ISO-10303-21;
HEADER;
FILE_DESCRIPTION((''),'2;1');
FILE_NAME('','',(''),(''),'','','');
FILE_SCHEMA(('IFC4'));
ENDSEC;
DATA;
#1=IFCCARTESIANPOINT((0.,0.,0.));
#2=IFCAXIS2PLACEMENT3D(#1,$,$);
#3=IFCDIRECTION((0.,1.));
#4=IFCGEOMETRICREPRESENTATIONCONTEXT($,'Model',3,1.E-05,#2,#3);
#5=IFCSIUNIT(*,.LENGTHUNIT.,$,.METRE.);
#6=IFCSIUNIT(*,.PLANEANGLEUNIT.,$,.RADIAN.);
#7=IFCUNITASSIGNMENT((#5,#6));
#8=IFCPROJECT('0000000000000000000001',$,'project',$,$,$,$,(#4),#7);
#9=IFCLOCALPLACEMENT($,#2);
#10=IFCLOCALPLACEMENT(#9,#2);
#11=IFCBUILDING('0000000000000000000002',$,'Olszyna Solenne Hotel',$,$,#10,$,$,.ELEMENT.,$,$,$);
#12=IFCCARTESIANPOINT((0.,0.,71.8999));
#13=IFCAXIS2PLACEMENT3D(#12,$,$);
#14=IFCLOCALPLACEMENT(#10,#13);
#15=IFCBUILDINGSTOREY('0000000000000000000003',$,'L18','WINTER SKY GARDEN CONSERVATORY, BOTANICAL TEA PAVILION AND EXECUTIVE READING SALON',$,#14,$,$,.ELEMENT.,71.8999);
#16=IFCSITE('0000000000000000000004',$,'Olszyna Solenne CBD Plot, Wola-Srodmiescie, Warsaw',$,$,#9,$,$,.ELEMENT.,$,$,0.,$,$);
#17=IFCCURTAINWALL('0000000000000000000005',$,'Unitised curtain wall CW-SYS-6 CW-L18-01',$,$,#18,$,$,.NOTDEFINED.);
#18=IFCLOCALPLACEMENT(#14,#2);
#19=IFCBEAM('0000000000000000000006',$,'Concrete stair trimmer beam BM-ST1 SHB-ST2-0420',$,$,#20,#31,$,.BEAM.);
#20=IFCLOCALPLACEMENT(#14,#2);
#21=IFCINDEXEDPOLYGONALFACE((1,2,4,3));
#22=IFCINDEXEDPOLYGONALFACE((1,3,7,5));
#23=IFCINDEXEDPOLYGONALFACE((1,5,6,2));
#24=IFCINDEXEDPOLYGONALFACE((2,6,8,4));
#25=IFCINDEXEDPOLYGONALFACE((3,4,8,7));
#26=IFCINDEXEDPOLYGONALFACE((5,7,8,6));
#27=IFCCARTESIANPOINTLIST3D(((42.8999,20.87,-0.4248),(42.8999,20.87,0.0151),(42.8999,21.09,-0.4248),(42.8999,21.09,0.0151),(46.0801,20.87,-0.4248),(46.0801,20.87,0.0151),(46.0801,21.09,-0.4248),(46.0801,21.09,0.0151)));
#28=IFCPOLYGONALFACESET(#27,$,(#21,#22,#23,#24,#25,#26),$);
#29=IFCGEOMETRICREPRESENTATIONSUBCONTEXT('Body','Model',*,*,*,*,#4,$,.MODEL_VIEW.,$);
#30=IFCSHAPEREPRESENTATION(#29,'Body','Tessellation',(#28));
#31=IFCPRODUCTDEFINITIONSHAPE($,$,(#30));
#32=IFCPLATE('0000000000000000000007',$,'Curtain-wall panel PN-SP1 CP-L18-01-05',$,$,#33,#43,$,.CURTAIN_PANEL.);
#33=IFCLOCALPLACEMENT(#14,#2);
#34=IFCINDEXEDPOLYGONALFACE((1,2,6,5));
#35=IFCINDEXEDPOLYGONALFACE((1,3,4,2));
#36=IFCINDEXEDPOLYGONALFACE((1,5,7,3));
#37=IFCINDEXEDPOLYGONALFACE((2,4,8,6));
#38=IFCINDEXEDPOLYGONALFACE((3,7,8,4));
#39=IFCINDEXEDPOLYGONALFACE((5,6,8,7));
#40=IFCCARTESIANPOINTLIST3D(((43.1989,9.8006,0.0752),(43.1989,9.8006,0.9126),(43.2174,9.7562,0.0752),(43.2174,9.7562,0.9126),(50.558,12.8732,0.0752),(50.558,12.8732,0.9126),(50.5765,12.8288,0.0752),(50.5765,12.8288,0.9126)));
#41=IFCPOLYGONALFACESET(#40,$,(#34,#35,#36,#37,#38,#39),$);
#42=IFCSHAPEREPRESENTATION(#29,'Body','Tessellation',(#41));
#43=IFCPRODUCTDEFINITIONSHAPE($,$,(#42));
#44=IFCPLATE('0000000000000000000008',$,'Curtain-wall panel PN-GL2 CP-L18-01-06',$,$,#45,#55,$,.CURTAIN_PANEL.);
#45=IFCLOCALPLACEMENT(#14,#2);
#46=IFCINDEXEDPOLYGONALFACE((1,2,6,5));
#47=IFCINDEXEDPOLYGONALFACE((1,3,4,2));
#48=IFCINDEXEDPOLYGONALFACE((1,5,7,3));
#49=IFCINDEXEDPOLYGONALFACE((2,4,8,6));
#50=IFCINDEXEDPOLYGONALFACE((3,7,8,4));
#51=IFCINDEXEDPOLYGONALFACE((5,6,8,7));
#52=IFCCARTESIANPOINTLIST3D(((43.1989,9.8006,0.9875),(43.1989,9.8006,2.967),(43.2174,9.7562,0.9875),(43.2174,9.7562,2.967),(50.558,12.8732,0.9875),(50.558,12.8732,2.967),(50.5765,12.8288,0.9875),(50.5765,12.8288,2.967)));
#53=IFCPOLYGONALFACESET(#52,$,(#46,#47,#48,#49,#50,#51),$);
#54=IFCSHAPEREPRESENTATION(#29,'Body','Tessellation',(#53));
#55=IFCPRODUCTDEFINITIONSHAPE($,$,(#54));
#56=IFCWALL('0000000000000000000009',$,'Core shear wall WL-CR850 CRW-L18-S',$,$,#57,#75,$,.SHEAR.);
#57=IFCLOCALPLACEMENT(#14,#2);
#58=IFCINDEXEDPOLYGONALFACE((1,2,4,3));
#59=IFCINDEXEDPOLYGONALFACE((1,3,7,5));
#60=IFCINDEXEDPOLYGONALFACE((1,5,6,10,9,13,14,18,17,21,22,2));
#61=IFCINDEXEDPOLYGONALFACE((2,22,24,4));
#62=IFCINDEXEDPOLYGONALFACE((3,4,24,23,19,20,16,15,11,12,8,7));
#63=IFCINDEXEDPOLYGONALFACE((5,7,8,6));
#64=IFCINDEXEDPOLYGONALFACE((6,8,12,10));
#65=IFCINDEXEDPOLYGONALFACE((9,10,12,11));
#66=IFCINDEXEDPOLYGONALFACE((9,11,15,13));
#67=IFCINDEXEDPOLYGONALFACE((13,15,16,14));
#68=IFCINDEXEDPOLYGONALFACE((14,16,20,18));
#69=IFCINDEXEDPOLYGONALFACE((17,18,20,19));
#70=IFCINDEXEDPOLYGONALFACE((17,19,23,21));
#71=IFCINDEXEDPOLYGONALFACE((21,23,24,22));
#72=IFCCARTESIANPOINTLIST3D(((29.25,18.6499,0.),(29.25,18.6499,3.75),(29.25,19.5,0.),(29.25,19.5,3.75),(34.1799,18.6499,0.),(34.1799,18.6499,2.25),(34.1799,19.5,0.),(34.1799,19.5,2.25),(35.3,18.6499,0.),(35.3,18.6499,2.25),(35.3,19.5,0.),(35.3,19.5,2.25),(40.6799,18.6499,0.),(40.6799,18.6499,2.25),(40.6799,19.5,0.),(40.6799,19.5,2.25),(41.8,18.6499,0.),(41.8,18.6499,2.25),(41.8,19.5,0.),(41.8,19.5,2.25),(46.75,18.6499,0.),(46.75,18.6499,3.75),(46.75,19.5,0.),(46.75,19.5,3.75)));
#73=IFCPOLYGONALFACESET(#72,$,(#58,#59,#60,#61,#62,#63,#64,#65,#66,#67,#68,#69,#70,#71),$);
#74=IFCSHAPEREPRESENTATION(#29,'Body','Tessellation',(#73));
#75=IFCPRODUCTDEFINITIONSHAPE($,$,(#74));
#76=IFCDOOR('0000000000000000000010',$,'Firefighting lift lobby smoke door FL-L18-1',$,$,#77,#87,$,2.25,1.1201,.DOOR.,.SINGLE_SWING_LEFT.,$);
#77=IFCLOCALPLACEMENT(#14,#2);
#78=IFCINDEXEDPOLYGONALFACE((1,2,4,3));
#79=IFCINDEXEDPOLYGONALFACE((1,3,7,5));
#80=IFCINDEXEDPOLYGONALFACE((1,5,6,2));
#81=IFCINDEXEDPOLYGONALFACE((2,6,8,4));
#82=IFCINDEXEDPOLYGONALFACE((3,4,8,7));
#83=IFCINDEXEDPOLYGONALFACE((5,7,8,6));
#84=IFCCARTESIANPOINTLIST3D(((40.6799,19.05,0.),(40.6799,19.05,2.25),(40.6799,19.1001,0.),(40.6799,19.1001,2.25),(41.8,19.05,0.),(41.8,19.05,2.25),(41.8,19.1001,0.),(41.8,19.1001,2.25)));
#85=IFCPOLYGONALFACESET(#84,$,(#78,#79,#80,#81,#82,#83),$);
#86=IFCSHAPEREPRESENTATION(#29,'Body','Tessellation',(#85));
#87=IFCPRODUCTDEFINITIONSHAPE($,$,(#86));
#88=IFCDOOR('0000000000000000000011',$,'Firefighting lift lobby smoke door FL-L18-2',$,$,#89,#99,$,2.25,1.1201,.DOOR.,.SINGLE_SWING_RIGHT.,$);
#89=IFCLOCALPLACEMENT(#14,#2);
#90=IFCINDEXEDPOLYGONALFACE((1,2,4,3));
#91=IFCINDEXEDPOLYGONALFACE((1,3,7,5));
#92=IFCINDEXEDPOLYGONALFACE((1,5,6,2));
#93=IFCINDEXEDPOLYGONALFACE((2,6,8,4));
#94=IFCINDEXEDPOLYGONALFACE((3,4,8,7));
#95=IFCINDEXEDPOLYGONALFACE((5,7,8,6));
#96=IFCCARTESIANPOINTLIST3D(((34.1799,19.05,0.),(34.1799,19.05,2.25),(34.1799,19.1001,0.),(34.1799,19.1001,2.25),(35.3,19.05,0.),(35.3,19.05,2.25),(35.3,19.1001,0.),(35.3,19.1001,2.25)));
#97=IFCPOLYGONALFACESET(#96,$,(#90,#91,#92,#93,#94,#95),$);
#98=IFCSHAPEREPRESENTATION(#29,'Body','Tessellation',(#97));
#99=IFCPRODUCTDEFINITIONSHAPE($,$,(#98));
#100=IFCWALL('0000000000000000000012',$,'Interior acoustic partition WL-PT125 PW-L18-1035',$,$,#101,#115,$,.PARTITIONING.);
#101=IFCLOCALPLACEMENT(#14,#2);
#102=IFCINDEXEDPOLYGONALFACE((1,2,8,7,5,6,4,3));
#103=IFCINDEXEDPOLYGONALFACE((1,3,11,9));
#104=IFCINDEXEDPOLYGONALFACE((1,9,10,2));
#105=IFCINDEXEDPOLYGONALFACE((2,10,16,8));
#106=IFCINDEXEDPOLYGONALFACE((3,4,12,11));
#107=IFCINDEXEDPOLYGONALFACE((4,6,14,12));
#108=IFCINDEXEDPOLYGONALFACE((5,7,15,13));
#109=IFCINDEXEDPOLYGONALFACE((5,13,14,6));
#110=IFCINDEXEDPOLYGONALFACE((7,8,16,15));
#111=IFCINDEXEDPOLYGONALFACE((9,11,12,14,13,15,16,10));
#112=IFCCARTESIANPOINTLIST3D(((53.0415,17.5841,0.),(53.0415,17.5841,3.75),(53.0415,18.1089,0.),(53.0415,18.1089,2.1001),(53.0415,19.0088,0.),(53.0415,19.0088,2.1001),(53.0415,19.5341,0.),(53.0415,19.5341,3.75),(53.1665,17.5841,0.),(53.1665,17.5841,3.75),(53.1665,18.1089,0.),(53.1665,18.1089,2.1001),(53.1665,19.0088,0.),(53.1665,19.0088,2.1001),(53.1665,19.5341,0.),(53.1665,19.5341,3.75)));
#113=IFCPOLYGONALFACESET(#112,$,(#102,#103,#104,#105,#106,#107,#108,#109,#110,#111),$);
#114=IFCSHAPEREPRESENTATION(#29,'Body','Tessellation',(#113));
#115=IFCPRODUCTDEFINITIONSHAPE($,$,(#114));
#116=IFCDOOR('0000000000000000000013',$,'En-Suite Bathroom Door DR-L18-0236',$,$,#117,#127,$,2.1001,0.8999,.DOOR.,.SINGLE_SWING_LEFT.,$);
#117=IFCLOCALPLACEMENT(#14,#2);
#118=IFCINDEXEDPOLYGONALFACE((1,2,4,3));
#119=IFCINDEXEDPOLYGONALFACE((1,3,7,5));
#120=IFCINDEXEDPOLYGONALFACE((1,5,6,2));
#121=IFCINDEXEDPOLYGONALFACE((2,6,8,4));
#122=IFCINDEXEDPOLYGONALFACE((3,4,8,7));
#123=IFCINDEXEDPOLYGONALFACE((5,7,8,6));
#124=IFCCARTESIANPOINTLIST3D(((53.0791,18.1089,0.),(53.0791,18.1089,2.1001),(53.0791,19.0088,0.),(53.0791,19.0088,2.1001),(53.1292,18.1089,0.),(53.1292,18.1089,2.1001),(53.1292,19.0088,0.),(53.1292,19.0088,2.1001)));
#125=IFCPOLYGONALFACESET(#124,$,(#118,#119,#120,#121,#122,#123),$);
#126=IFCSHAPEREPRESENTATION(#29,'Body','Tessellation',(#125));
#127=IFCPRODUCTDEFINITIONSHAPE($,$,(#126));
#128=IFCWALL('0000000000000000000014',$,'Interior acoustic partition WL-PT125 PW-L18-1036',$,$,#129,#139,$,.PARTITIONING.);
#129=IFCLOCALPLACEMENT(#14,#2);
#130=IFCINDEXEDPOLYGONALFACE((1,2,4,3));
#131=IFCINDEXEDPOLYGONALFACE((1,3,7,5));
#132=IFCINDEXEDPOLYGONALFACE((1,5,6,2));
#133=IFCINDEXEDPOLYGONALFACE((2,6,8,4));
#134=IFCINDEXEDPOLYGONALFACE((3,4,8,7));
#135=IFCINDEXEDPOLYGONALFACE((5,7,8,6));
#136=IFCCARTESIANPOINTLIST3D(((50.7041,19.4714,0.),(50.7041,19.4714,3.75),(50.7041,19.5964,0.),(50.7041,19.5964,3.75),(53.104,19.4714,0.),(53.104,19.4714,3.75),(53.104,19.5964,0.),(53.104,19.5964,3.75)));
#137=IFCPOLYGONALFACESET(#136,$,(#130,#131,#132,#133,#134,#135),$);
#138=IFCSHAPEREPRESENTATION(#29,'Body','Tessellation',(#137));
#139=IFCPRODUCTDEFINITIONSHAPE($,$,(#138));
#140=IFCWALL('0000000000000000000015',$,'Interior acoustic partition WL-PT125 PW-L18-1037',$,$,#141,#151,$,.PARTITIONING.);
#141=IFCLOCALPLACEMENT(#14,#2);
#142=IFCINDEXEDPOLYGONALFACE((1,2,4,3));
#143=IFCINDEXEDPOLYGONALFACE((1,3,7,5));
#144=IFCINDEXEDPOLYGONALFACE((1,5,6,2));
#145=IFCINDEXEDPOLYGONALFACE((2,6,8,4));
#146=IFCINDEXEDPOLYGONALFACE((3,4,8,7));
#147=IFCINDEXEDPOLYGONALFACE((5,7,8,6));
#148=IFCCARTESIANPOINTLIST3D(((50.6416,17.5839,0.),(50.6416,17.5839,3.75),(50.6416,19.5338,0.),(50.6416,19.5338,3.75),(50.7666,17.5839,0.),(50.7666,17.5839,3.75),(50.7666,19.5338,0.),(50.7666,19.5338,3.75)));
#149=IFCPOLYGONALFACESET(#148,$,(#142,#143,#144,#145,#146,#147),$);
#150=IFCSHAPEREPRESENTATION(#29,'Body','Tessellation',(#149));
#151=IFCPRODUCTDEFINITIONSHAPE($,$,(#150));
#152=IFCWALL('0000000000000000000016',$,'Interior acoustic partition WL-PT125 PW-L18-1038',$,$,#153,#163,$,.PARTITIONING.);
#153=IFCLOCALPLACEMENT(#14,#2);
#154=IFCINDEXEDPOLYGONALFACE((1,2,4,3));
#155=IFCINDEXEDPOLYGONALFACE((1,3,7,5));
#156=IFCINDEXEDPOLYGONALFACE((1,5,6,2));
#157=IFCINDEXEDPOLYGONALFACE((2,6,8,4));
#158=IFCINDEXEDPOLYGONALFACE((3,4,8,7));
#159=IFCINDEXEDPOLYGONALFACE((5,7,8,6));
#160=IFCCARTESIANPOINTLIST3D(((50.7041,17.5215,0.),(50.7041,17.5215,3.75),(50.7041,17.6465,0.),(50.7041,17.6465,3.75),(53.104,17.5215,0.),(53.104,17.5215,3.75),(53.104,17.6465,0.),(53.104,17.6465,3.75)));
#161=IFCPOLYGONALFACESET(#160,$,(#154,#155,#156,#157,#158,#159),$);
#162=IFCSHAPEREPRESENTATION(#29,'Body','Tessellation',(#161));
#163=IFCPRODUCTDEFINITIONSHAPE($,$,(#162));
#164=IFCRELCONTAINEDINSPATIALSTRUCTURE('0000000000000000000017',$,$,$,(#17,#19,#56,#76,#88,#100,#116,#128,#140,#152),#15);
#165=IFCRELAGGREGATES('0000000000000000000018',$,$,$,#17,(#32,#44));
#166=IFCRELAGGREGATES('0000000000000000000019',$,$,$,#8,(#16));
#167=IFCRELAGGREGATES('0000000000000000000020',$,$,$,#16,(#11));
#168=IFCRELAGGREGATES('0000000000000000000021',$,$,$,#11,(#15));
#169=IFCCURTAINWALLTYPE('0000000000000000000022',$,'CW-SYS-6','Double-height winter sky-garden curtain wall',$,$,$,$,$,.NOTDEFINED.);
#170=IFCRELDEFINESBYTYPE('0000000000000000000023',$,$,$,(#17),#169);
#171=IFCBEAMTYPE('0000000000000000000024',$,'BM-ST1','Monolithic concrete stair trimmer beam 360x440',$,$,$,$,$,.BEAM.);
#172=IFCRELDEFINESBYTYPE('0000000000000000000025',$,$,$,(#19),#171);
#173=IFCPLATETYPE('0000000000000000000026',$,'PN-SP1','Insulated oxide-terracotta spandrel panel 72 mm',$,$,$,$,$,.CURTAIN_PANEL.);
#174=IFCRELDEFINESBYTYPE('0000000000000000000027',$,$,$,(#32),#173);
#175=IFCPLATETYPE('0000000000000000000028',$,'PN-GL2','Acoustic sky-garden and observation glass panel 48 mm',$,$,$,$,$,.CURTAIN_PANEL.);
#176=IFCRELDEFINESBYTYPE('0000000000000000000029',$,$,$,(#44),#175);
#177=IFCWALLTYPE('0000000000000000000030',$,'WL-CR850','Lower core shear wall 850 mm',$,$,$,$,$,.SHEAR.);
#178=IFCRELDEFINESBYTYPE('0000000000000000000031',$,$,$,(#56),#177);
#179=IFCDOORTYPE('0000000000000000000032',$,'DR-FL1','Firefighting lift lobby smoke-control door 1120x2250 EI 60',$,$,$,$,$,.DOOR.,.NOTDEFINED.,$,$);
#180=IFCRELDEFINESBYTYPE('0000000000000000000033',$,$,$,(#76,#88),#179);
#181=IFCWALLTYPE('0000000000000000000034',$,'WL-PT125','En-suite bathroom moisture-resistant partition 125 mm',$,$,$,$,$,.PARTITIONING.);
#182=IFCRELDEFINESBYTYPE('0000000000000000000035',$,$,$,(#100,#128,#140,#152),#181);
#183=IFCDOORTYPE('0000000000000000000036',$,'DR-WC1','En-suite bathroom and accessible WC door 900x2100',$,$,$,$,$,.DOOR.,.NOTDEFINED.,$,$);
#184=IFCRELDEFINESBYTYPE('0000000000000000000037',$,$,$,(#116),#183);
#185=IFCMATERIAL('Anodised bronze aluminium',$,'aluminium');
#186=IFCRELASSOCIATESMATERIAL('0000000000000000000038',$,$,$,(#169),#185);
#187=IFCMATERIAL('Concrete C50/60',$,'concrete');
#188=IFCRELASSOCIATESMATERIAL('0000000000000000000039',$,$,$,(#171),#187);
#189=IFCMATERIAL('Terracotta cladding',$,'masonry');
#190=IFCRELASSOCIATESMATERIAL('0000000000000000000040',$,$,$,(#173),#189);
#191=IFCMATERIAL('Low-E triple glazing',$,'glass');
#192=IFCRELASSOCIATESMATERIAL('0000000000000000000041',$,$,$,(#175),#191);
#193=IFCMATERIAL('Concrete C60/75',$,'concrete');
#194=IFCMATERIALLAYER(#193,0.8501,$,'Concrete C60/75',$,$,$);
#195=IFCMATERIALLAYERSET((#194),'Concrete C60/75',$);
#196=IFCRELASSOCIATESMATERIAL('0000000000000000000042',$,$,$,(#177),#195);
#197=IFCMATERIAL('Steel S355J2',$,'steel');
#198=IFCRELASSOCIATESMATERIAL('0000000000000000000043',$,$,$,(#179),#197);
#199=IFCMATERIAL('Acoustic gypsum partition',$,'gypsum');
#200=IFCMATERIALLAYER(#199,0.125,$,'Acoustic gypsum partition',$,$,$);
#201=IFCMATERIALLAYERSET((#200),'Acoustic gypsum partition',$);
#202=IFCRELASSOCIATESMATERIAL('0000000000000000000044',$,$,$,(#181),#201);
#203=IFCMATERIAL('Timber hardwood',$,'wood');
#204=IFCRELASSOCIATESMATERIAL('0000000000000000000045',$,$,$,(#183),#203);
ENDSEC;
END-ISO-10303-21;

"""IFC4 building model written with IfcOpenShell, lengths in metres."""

from ifc_helpers import new_model, si_unit, direction, frame, frame_2d, origin, origin_2d, place, context, subcontext, project, spatial, rectangle, extrude, source, transform, mapped, material, layer, layer_set, material_profile, profile_set, type_object, type_shapes, element, fill, aggregate, save


model = new_model("IFC4")

# Units and contexts
model_context = context("Model", 3, precision=1e-05, world=origin(), true_north=direction((0.0, 1.0)))
body_context = subcontext(model_context, "Body", "Model", "MODEL_VIEW")
ifc_project = project(units=[si_unit("LENGTHUNIT", "METRE"), si_unit("PLANEANGLEUNIT", "RADIAN")], contexts=[model_context])

# Site, building, storey
site_placement = place(None, origin())
site = spatial("IfcSite", under=ifc_project, at=site_placement, Name="Olszyna Solenne CBD Plot, Wola-Srodmiescie, Warsaw", CompositionType="ELEMENT", RefElevation=0.0)
building_placement = place(site_placement, origin())
building = spatial("IfcBuilding", under=site, at=building_placement, Name="Olszyna Solenne Hotel", CompositionType="ELEMENT")
storey_placement = place(building_placement, frame((0.0, 0.0, 71.8999)))
storey = spatial("IfcBuildingStorey", under=building, at=storey_placement, Name="L18", Description="WINTER SKY GARDEN CONSERVATORY, BOTANICAL TEA PAVILION AND EXECUTIVE READING SALON", CompositionType="ELEMENT", Elevation=71.8999)

# Shared definitions
ifc_material_1 = material(Name="Steel S355J2", Category="steel")

# Curtain wall
ifc_material_2 = material(Name="Anodised bronze aluminium", Category="aluminium")
curtain_wall_type = type_object("IfcCurtainWallType", Name="CW-SYS-6", Description="Double-height winter sky-garden curtain wall", PredefinedType="NOTDEFINED", material=ifc_material_2)
curtain_wall_placement = place(storey_placement, origin())
curtain_wall = element("IfcCurtainWall", 1, at=curtain_wall_placement, inside=storey, type_object=curtain_wall_type, Name="Unitised curtain wall CW-SYS-6 CW-L18-01", PredefinedType="NOTDEFINED")

# Beam
ifc_material_3 = material(Name="Concrete C50/60", Category="concrete")
ifc_material_profile_1 = material_profile(ifc_material_3, rectangle(XDim=0.22, YDim=0.4399, at=origin_2d()), Name="RC 220x440", Category="load-bearing")
ifc_profile_set_1 = profile_set([ifc_material_profile_1], Name="Concrete C50/60")
beam_type_1 = type_object("IfcBeamType", Name="BM-ST1", Description="Monolithic concrete stair trimmer beam 360x440", PredefinedType="BEAM", material=ifc_profile_set_1)
shared_shape_1 = source(origin(), body_context, "Body", "SweptSolid", [
    extrude(rectangle(XDim=0.22, YDim=0.4399, at=origin_2d()), origin(), (0.0, 0.0, 1.0), 3.1802),
])
beam_1_placement = place(storey_placement, frame((46.0801, 20.98, -0.2048), z_axis=(-1.0, 0.0, 0.0), x_axis=(0.0, -1.0, 0.0)))
element("IfcBeam", 2, at=beam_1_placement, inside=storey, type_object=beam_type_1, Name="Concrete stair trimmer beam BM-ST1 SHB-ST2-0420", PredefinedType="BEAM", context=body_context, shape_type="MappedRepresentation", body=[
    mapped(shared_shape_1, transform((0.0, 0.0, 0.0), x_axis=(1.0, 0.0, 0.0), y_axis=(0.0, 1.0, 0.0), z_axis=(0.0, 0.0, 1.0), scale=1.0)),
])

# Plates
ifc_material_4 = material(Name="Terracotta cladding", Category="masonry")
plate_type_1 = type_object("IfcPlateType", Name="PN-SP1", Description="Insulated oxide-terracotta spandrel panel 72 mm", PredefinedType="CURTAIN_PANEL", material=ifc_material_4)
shared_shape_2 = source(origin(), body_context, "Body", "SweptSolid", [
    extrude(rectangle(XDim=7.9749, YDim=0.0481, at=origin_2d()), origin(), (0.0, 0.0, 1.0), 0.8374),
])
plate_1_placement = place(storey_placement, frame((46.8877, 11.3147, 0.0752), z_axis=(0.0, 0.0, 1.0), x_axis=(0.922793, 0.385296, 0.0)))
plate_1 = element("IfcPlate", 3, at=plate_1_placement, type_object=plate_type_1, Name="Curtain-wall panel PN-SP1 CP-L18-01-05", PredefinedType="CURTAIN_PANEL", context=body_context, shape_type="MappedRepresentation", body=[
    mapped(shared_shape_2, transform((0.0, 0.0, 0.0), x_axis=(1.0, 0.0, 0.0), y_axis=(0.0, 1.0, 0.0), z_axis=(0.0, 0.0, 1.0), scale=1.0)),
])
ifc_material_5 = material(Name="Low-E triple glazing", Category="glass")
plate_type_2 = type_object("IfcPlateType", Name="PN-GL2", Description="Acoustic sky-garden and observation glass panel 48 mm", PredefinedType="CURTAIN_PANEL", material=ifc_material_5)
shared_shape_3 = source(origin(), body_context, "Body", "SweptSolid", [
    extrude(rectangle(XDim=7.9749, YDim=0.0481, at=origin_2d()), origin(), (0.0, 0.0, 1.0), 1.9795),
])
plate_2_placement = place(storey_placement, frame((46.8877, 11.3147, 0.9875), z_axis=(0.0, 0.0, 1.0), x_axis=(0.922793, 0.385296, 0.0)))
plate_2 = element("IfcPlate", 4, at=plate_2_placement, type_object=plate_type_2, Name="Curtain-wall panel PN-GL2 CP-L18-01-06", PredefinedType="CURTAIN_PANEL", context=body_context, shape_type="MappedRepresentation", body=[
    mapped(shared_shape_3, transform((0.0, 0.0, 0.0), x_axis=(1.0, 0.0, 0.0), y_axis=(0.0, 1.0, 0.0), z_axis=(0.0, 0.0, 1.0), scale=1.0)),
])
aggregate(curtain_wall, [plate_1, plate_2])

# Wall, openings, doors
ifc_material_6 = material(Name="Concrete C60/75", Category="concrete")
ifc_layer_1 = layer(ifc_material_6, 0.8501, Name="Concrete C60/75")
ifc_layer_set_1 = layer_set([ifc_layer_1], Name="Concrete C60/75")
wall_type_1 = type_object("IfcWallType", Name="WL-CR850", Description="Lower core shear wall 850 mm", PredefinedType="SHEAR", material=ifc_layer_set_1)
wall_1_placement = place(storey_placement, frame((46.75, 19.075, 0.0), z_axis=(0.0, 0.0, 1.0), x_axis=(-1.0, 0.0, 0.0)))
wall_1 = element("IfcWall", 5, at=wall_1_placement, inside=storey, type_object=wall_type_1, Name="Core shear wall WL-CR850 CRW-L18-S", PredefinedType="SHEAR", context=body_context, shape_type="SweptSolid", body=[
    extrude(rectangle(XDim=17.5, YDim=0.8501, at=frame_2d((8.75, 0.0))), origin(), (0.0, 0.0, 1.0), 3.75),
])
opening_1_placement = place(wall_1_placement, frame((4.95, 0.0, 0.0)))
opening_1 = element("IfcOpeningElement", 6, at=opening_1_placement, cuts=wall_1, PredefinedType="OPENING", context=body_context, shape_type="SweptSolid", body=[
    extrude(rectangle(XDim=1.1201, YDim=2.25, at=frame_2d((0.5601, 1.125))), frame((0.0, 0.4351, 0.0), z_axis=(0.0, -1.0, 0.0), x_axis=(1.0, 0.0, 0.0)), (0.0, 0.0, 1.0), 0.8701),
])
opening_2_placement = place(wall_1_placement, frame((11.45, 0.0, 0.0)))
opening_2 = element("IfcOpeningElement", 7, at=opening_2_placement, cuts=wall_1, PredefinedType="OPENING", context=body_context, shape_type="SweptSolid", body=[
    extrude(rectangle(XDim=1.1201, YDim=2.25, at=frame_2d((0.5601, 1.125))), frame((0.0, 0.4351, 0.0), z_axis=(0.0, -1.0, 0.0), x_axis=(1.0, 0.0, 0.0)), (0.0, 0.0, 1.0), 0.8701),
])
door_type_1 = type_object("IfcDoorType", Name="DR-FL1", Description="Firefighting lift lobby smoke-control door 1120x2250 EI 60", OperationType="NOTDEFINED", PredefinedType="DOOR", material=ifc_material_1)
shared_shape_4 = source(origin(), body_context, "Body", "SweptSolid", [
    extrude(rectangle(XDim=1.1201, YDim=2.25, at=frame_2d((0.5601, 1.125))), frame((0.0, 0.0249, 0.0), z_axis=(0.0, -1.0, 0.0), x_axis=(1.0, 0.0, 0.0)), (0.0, 0.0, 1.0), 0.05),
])
type_shapes(door_type_1, [shared_shape_4])
door_1_placement = place(opening_1_placement, origin())
door_1 = element("IfcDoor", 8, at=door_1_placement, inside=storey, type_object=door_type_1, Name="Firefighting lift lobby smoke door FL-L18-1", OperationType="SINGLE_SWING_LEFT", OverallHeight=2.25, OverallWidth=1.1201, PredefinedType="DOOR", context=body_context, shape_type="MappedRepresentation", body=[
    mapped(shared_shape_4, transform((0.0, 0.0, 0.0), x_axis=(1.0, 0.0, 0.0), y_axis=(0.0, 1.0, 0.0), z_axis=(0.0, 0.0, 1.0), scale=1.0)),
])
fill(opening_1, door_1)
door_2_placement = place(opening_2_placement, origin())
door_2 = element("IfcDoor", 9, at=door_2_placement, inside=storey, type_object=door_type_1, Name="Firefighting lift lobby smoke door FL-L18-2", OperationType="SINGLE_SWING_RIGHT", OverallHeight=2.25, OverallWidth=1.1201, PredefinedType="DOOR", context=body_context, shape_type="MappedRepresentation", body=[
    mapped(shared_shape_4, transform((0.0, 0.0, 0.0), x_axis=(1.0, 0.0, 0.0), y_axis=(0.0, 1.0, 0.0), z_axis=(0.0, 0.0, 1.0), scale=1.0)),
])
fill(opening_2, door_2)

# Wall, opening, door
ifc_material_7 = material(Name="Acoustic gypsum partition", Category="gypsum")
ifc_layer_2 = layer(ifc_material_7, 0.125, Name="Acoustic gypsum partition")
ifc_layer_set_2 = layer_set([ifc_layer_2], Name="Acoustic gypsum partition")
wall_type_2 = type_object("IfcWallType", Name="WL-PT125", Description="En-suite bathroom moisture-resistant partition 125 mm", PredefinedType="PARTITIONING", material=ifc_layer_set_2)
wall_2_placement = place(storey_placement, frame((53.104, 17.584, 0.0), z_axis=(0.0, 0.0, 1.0), x_axis=(0.0, 1.0, 0.0)))
wall_2 = element("IfcWall", 10, at=wall_2_placement, inside=storey, type_object=wall_type_2, Name="Interior acoustic partition WL-PT125 PW-L18-1035", PredefinedType="PARTITIONING", context=body_context, shape_type="SweptSolid", body=[
    extrude(rectangle(XDim=1.95, YDim=0.125, at=frame_2d((0.9751, 0.0))), origin(), (0.0, 0.0, 1.0), 3.75),
])
opening_3_placement = place(wall_2_placement, frame((0.5249, 0.0, 0.0)))
opening_3 = element("IfcOpeningElement", 11, at=opening_3_placement, cuts=wall_2, PredefinedType="OPENING", context=body_context, shape_type="SweptSolid", body=[
    extrude(rectangle(XDim=0.8999, YDim=2.1001, at=frame_2d((0.45, 1.05))), frame((0.0, 0.0725, 0.0), z_axis=(0.0, -1.0, 0.0), x_axis=(1.0, 0.0, 0.0)), (0.0, 0.0, 1.0), 0.145),
])
ifc_material_8 = material(Name="Timber hardwood", Category="wood")
door_type_2 = type_object("IfcDoorType", Name="DR-WC1", Description="En-suite bathroom and accessible WC door 900x2100", OperationType="NOTDEFINED", PredefinedType="DOOR", material=ifc_material_8)
shared_shape_5 = source(origin(), body_context, "Body", "SweptSolid", [
    extrude(rectangle(XDim=0.8999, YDim=2.1001, at=frame_2d((0.45, 1.05))), frame((0.0, 0.0249, 0.0), z_axis=(0.0, -1.0, 0.0), x_axis=(1.0, 0.0, 0.0)), (0.0, 0.0, 1.0), 0.05),
])
type_shapes(door_type_2, [shared_shape_5])
door_3_placement = place(opening_3_placement, origin())
door_3 = element("IfcDoor", 12, at=door_3_placement, inside=storey, type_object=door_type_2, Name="En-Suite Bathroom Door DR-L18-0236", OperationType="SINGLE_SWING_LEFT", OverallHeight=2.1001, OverallWidth=0.8999, PredefinedType="DOOR", context=body_context, shape_type="MappedRepresentation", body=[
    mapped(shared_shape_5, transform((0.0, 0.0, 0.0), x_axis=(1.0, 0.0, 0.0), y_axis=(0.0, 1.0, 0.0), z_axis=(0.0, 0.0, 1.0), scale=1.0)),
])
fill(opening_3, door_3)

# Walls
wall_3_placement = place(storey_placement, frame((53.104, 19.5339, 0.0), z_axis=(0.0, 0.0, 1.0), x_axis=(-1.0, 0.0, 0.0)))
element("IfcWall", 13, at=wall_3_placement, inside=storey, type_object=wall_type_2, Name="Interior acoustic partition WL-PT125 PW-L18-1036", PredefinedType="PARTITIONING", context=body_context, shape_type="SweptSolid", body=[
    extrude(rectangle(XDim=2.3999, YDim=0.125, at=frame_2d((1.2, 0.0))), origin(), (0.0, 0.0, 1.0), 3.75),
])
wall_4_placement = place(storey_placement, frame((50.7041, 19.5339, 0.0), z_axis=(0.0, 0.0, 1.0), x_axis=(0.0, -1.0, 0.0)))
element("IfcWall", 14, at=wall_4_placement, inside=storey, type_object=wall_type_2, Name="Interior acoustic partition WL-PT125 PW-L18-1037", PredefinedType="PARTITIONING", context=body_context, shape_type="SweptSolid", body=[
    extrude(rectangle(XDim=1.95, YDim=0.125, at=frame_2d((0.9751, 0.0))), origin(), (0.0, 0.0, 1.0), 3.75),
])
wall_5_placement = place(storey_placement, frame((50.7041, 17.584, 0.0), z_axis=(0.0, 0.0, 1.0), x_axis=(1.0, 0.0, 0.0)))
element("IfcWall", 15, at=wall_5_placement, inside=storey, type_object=wall_type_2, Name="Interior acoustic partition WL-PT125 PW-L18-1038", PredefinedType="PARTITIONING", context=body_context, shape_type="SweptSolid", body=[
    extrude(rectangle(XDim=2.3999, YDim=0.125, at=frame_2d((1.2, 0.0))), origin(), (0.0, 0.0, 1.0), 3.75),
])

save(model, "model.ifc")
